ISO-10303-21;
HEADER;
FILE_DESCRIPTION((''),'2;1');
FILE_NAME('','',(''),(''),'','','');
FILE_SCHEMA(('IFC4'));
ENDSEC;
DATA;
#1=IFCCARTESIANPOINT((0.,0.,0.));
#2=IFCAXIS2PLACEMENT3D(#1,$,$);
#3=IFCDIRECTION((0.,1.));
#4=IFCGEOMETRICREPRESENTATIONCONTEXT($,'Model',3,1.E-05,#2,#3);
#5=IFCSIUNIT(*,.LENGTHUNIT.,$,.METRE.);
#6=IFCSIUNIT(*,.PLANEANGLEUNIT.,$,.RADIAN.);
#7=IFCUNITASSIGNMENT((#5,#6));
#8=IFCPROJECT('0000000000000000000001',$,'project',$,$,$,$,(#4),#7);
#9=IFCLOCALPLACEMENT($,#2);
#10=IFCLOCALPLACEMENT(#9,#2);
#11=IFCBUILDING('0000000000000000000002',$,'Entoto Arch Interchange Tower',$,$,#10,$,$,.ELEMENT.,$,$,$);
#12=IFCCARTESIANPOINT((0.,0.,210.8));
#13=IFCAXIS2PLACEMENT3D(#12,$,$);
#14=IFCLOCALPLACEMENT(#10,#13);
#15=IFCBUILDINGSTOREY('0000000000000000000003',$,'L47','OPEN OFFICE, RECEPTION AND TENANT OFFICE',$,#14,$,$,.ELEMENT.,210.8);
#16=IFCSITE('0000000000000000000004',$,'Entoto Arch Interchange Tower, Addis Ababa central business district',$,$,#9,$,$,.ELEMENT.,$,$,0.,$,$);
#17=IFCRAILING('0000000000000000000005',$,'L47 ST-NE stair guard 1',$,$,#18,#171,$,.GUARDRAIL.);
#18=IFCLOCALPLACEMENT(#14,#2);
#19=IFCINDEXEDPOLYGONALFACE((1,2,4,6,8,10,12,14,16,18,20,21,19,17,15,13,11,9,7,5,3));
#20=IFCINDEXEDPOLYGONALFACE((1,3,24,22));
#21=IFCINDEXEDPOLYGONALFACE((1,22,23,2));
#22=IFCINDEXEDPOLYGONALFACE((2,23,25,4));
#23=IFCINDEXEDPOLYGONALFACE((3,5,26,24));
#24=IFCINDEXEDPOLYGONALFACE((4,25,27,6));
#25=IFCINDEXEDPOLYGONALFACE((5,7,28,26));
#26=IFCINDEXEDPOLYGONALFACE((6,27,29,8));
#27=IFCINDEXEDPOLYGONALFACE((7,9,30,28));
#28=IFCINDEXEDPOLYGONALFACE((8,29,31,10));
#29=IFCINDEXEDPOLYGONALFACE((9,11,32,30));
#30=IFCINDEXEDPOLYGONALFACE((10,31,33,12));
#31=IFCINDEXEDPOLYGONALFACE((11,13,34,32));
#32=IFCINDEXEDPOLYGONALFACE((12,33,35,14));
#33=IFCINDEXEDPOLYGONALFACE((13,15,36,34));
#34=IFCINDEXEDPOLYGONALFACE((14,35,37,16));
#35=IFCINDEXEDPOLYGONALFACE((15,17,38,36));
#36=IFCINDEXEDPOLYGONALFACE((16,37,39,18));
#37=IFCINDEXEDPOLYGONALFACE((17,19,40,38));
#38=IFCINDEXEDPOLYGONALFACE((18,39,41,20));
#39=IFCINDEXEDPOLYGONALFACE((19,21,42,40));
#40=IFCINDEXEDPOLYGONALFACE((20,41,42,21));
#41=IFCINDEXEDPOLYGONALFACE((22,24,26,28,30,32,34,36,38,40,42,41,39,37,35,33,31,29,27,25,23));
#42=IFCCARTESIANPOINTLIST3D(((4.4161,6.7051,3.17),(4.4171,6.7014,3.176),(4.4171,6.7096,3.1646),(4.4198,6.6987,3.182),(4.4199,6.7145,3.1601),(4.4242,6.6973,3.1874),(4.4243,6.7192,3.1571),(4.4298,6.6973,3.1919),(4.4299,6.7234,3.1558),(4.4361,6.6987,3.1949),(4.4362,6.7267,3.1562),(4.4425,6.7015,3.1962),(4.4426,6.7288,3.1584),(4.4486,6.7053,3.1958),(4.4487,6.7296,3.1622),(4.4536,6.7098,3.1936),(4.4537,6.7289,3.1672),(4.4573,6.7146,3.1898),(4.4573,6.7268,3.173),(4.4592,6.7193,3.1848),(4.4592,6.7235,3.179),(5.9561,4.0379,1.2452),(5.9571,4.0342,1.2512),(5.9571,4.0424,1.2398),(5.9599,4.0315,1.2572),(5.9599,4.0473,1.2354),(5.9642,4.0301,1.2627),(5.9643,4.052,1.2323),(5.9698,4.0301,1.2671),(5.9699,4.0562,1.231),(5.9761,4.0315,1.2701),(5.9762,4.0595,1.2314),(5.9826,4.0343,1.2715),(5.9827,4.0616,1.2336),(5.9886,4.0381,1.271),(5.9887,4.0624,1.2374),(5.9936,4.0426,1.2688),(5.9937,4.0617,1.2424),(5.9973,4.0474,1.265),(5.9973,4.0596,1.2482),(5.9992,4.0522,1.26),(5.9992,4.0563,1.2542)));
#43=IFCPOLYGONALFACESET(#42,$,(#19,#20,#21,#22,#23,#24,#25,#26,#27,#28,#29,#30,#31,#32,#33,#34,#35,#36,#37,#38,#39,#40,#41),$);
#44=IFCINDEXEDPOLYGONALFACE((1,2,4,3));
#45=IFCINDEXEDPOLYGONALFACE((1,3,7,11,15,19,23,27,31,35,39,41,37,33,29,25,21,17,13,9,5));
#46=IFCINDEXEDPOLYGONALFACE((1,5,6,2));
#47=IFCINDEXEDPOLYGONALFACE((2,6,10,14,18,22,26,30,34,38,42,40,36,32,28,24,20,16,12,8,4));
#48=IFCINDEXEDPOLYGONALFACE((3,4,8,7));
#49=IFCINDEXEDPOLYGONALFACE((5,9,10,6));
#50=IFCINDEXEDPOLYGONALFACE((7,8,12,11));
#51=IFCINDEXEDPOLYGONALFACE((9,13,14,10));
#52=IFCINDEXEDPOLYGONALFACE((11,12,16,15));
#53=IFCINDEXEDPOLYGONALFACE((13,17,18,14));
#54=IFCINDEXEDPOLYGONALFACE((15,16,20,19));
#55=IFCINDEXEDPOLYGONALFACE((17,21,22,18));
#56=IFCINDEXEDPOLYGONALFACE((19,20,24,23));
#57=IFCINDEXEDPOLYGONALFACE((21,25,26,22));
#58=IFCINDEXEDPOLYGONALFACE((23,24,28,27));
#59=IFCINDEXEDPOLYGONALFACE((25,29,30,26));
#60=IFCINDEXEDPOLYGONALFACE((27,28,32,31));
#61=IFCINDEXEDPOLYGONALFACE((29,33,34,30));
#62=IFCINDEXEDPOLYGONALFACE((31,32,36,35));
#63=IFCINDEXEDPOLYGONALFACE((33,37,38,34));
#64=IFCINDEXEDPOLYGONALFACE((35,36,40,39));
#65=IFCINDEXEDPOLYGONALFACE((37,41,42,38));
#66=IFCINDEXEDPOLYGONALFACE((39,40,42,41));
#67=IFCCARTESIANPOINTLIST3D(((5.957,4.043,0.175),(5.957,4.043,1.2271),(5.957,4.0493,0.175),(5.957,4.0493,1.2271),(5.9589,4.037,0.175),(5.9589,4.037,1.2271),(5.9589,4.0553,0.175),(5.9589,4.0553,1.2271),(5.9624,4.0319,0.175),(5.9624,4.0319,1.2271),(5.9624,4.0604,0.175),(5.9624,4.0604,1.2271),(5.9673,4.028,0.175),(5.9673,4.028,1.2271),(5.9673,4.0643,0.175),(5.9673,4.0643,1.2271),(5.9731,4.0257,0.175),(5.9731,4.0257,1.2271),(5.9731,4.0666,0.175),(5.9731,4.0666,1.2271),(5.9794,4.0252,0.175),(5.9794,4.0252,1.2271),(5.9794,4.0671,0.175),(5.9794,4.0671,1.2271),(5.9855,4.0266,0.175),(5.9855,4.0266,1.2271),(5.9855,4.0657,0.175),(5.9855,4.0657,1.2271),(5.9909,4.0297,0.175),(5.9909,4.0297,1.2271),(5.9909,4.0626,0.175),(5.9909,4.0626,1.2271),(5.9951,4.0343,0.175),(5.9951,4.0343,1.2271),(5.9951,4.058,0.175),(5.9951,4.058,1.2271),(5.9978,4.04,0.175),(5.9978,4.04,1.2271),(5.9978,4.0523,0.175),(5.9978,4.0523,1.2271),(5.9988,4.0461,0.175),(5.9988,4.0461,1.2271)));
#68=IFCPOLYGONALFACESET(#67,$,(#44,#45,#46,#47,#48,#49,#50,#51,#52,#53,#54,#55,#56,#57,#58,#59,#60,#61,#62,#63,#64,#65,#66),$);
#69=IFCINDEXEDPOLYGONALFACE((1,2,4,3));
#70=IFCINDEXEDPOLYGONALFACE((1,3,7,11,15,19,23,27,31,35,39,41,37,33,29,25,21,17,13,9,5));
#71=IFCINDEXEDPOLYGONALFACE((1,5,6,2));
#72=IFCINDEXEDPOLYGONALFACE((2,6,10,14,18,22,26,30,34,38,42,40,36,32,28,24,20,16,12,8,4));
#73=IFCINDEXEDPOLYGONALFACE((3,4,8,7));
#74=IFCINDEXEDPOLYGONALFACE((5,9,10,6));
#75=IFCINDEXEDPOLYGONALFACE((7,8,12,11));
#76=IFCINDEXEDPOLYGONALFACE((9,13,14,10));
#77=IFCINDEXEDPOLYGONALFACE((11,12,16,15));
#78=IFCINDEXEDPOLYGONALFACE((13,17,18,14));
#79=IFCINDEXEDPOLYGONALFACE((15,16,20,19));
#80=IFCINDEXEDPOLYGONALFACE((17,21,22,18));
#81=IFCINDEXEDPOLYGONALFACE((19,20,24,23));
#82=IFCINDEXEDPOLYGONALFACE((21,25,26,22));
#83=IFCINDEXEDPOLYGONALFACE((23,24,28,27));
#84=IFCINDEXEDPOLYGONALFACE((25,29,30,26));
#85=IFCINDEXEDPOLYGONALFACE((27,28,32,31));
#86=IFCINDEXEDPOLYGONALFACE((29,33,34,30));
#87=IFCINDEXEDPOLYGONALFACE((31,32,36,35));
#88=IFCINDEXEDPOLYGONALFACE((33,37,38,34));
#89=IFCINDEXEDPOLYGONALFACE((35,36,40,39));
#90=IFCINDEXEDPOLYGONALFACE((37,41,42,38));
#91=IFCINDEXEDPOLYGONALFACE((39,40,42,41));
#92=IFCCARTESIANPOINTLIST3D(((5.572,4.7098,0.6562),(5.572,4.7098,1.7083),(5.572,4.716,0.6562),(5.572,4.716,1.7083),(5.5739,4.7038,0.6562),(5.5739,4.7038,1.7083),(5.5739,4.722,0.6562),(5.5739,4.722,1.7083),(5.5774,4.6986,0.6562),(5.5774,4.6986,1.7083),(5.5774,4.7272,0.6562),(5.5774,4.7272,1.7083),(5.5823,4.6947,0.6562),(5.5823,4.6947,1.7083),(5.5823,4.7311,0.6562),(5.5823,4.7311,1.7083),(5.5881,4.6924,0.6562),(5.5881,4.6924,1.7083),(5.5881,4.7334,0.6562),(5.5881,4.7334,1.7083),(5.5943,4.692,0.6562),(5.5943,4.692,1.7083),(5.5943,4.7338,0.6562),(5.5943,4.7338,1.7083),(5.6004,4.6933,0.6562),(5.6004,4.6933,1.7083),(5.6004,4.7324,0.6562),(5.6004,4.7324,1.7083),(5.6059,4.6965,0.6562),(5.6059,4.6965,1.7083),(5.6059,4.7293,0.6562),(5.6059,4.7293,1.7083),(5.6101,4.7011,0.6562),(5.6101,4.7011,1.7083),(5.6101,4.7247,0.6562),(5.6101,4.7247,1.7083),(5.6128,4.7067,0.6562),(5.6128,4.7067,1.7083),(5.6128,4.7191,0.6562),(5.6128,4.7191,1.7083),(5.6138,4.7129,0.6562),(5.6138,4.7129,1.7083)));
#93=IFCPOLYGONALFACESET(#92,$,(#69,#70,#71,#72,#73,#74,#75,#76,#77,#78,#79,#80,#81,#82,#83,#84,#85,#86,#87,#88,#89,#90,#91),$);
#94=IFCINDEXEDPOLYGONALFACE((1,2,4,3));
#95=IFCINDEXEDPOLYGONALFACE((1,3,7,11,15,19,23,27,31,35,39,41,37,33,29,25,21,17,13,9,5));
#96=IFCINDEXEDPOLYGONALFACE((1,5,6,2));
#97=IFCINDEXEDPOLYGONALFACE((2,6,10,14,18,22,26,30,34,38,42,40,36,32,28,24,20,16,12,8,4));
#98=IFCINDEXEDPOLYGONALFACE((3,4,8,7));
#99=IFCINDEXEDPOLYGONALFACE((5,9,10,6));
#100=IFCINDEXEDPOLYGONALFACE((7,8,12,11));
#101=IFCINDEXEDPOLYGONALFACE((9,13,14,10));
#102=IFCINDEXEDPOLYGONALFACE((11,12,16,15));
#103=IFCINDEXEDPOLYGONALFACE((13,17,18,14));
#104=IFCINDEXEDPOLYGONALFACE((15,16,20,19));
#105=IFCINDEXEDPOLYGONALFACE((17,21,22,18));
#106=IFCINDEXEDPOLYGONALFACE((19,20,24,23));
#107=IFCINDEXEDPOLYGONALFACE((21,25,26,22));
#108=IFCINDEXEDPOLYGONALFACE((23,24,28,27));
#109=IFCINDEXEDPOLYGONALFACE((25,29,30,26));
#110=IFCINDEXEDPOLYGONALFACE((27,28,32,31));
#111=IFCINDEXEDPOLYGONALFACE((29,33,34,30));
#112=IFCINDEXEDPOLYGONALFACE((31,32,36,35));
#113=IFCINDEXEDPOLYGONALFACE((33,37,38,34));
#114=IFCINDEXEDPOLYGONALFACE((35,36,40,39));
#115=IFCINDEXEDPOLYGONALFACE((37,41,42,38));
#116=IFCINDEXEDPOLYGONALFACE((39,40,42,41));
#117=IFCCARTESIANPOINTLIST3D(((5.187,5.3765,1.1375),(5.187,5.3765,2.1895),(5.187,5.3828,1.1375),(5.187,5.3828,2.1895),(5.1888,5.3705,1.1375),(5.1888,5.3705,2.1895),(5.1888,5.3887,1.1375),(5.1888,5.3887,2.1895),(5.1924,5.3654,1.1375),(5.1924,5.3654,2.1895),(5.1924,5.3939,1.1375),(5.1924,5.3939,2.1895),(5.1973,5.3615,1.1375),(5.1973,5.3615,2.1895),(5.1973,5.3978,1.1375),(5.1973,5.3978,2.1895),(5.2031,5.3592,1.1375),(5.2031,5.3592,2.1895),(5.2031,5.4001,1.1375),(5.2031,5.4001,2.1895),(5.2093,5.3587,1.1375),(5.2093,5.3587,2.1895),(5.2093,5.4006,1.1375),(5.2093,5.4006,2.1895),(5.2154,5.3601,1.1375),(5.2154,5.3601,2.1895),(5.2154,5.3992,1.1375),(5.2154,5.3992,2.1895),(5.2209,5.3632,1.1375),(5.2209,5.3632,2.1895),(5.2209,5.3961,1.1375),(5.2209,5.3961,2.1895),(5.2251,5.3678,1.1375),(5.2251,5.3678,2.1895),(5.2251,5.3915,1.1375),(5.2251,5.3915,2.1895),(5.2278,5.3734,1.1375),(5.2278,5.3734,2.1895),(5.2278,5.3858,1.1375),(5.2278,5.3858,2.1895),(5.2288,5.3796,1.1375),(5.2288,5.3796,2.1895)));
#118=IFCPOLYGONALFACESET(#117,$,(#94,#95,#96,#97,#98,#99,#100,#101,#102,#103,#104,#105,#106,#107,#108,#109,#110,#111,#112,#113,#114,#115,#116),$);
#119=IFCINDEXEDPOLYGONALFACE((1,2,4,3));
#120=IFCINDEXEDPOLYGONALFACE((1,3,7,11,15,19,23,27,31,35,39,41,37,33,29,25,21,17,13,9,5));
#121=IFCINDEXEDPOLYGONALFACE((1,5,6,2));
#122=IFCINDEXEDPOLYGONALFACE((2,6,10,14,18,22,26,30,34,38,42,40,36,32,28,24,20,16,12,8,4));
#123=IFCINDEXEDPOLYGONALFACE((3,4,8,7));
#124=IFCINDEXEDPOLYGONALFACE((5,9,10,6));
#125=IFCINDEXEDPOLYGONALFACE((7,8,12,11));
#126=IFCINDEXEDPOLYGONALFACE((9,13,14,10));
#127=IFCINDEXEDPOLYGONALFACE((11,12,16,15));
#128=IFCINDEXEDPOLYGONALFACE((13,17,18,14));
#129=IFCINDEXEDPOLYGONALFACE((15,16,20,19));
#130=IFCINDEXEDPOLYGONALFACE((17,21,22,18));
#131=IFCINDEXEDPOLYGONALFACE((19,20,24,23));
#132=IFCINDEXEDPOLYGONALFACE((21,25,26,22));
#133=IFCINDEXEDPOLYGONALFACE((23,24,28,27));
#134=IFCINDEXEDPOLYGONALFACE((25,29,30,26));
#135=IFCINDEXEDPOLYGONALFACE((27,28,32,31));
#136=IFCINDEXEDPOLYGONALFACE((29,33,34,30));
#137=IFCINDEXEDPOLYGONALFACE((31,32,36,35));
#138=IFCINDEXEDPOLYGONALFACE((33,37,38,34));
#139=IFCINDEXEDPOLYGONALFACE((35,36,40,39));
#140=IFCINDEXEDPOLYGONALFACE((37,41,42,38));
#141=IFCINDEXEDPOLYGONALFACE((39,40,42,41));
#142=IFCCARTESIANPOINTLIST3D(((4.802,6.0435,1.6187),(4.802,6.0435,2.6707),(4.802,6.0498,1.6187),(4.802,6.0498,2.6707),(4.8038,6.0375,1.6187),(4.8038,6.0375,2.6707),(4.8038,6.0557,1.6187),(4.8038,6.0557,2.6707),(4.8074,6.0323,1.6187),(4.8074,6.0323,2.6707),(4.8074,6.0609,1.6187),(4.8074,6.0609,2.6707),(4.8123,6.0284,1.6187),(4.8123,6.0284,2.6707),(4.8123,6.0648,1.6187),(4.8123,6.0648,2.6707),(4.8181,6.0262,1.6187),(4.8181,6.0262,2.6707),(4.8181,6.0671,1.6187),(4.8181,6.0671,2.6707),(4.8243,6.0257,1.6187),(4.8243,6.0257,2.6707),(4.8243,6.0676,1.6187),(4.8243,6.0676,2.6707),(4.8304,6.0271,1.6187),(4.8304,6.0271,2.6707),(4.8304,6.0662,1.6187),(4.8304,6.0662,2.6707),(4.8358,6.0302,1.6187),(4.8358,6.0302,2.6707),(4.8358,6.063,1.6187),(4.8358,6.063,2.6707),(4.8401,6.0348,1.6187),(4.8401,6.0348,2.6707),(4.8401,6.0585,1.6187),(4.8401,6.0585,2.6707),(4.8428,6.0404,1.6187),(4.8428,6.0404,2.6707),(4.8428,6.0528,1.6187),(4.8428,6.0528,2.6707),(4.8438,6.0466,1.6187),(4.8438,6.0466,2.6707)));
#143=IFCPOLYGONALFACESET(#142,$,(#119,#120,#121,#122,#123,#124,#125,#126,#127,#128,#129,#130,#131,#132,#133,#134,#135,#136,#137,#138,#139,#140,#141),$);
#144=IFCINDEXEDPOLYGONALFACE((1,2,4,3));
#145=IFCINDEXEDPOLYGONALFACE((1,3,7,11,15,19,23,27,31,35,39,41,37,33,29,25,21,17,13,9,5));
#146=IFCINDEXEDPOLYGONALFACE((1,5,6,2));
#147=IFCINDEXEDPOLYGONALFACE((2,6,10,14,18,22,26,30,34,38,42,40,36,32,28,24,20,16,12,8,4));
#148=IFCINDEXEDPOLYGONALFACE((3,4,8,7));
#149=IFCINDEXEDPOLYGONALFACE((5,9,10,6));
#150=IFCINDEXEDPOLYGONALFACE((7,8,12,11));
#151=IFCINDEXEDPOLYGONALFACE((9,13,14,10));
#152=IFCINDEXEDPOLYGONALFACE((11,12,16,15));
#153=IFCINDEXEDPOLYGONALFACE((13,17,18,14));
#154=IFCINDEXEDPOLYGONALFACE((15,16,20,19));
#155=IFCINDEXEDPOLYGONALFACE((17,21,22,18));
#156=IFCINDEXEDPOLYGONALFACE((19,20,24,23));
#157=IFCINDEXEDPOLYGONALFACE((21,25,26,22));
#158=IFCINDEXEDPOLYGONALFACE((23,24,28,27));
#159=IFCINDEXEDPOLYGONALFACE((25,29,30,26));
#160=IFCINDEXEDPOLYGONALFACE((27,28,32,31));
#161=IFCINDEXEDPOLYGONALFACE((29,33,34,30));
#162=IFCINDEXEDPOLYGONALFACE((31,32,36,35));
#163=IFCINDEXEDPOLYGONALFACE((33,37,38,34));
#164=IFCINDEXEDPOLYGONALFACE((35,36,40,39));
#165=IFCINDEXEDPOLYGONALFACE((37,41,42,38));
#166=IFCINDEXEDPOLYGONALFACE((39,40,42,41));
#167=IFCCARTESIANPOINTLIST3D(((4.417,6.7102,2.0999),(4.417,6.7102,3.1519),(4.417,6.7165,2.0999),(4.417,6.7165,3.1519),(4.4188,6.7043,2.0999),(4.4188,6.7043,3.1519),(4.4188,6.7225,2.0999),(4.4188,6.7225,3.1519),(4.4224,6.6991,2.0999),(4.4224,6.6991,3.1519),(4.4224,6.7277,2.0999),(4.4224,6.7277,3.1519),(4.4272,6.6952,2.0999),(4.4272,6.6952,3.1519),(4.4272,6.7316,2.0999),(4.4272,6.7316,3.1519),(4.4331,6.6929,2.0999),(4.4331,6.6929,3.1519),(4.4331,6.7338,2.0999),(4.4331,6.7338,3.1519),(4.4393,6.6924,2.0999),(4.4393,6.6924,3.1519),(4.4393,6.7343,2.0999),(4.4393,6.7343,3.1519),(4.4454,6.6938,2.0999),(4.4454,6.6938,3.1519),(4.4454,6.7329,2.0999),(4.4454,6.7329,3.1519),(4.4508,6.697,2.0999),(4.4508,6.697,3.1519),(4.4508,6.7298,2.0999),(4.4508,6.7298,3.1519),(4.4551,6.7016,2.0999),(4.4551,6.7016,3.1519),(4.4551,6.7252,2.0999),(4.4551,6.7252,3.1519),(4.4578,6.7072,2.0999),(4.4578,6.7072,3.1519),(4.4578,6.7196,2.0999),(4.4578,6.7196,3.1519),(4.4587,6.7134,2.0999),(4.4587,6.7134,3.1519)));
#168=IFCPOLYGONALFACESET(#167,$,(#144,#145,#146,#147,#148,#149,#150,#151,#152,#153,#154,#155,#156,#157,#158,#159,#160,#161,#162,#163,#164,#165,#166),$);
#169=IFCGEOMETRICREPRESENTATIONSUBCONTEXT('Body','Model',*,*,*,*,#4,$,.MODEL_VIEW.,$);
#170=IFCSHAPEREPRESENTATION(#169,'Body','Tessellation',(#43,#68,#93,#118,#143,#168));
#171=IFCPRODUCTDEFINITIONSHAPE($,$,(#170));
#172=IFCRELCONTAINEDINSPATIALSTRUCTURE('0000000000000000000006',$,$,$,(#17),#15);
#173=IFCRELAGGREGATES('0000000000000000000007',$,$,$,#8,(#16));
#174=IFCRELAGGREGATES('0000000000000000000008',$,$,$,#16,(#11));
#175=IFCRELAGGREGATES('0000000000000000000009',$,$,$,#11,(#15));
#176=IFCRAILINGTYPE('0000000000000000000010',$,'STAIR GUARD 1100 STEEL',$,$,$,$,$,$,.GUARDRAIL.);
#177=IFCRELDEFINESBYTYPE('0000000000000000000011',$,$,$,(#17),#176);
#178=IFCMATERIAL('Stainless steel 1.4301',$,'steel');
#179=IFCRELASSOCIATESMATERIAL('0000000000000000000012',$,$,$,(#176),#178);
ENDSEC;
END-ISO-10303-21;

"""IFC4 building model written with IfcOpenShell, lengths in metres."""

from ifc_helpers import new_model, si_unit, direction, frame, origin, origin_2d, place, context, subcontext, project, spatial, circle, extrude, material, type_object, element, save


model = new_model("IFC4")

# Units and contexts
model_context = context("Model", 3, precision=1e-05, world=origin(), true_north=direction((0.0, 1.0)))
body_context = subcontext(model_context, "Body", "Model", "MODEL_VIEW")
ifc_project = project(units=[si_unit("LENGTHUNIT", "METRE"), si_unit("PLANEANGLEUNIT", "RADIAN")], contexts=[model_context])

# Site, building, storey
site_placement = place(None, origin())
site = spatial("IfcSite", under=ifc_project, at=site_placement, Name="Entoto Arch Interchange Tower, Addis Ababa central business district", CompositionType="ELEMENT", RefElevation=0.0)
building_placement = place(site_placement, origin())
building = spatial("IfcBuilding", under=site, at=building_placement, Name="Entoto Arch Interchange Tower", CompositionType="ELEMENT")
storey_placement = place(building_placement, frame((0.0, 0.0, 210.8)))
storey = spatial("IfcBuildingStorey", under=building, at=storey_placement, Name="L47", Description="OPEN OFFICE, RECEPTION AND TENANT OFFICE", CompositionType="ELEMENT", Elevation=210.8)

# Railing
ifc_material_1 = material(Name="Stainless steel 1.4301", Category="steel")
railing_type_1 = type_object("IfcRailingType", Name="STAIR GUARD 1100 STEEL", PredefinedType="GUARDRAIL", material=ifc_material_1)
railing_1_placement = place(storey_placement, frame((5.9778, 4.0461, 0.175)))
element("IfcRailing", 1, at=railing_1_placement, inside=storey, type_object=railing_type_1, Name="L47 ST-NE stair guard 1", PredefinedType="GUARDRAIL", context=body_context, shape_type="SweptSolid", body=[
    extrude(circle(Radius=0.0239, at=origin_2d()), frame((0.0, 0.0, 1.0762), z_axis=(-0.424031, 0.73439, 0.529971), x_axis=(-0.86601, -0.500027, 0.0)), (0.0, 0.0, 1.0), 3.6318),
    extrude(circle(Radius=0.021, at=origin_2d()), origin(), (0.0, 0.0, 1.0), 1.052),
    extrude(circle(Radius=0.021, at=origin_2d()), frame((-0.385, 0.6667, 0.4812)), (0.0, 0.0, 1.0), 1.052),
    extrude(circle(Radius=0.021, at=origin_2d()), frame((-0.77, 1.3335, 0.9624)), (0.0, 0.0, 1.0), 1.052),
    extrude(circle(Radius=0.021, at=origin_2d()), frame((-1.155, 2.0005, 1.4436)), (0.0, 0.0, 1.0), 1.052),
    extrude(circle(Radius=0.021, at=origin_2d()), frame((-1.54, 2.6672, 1.9248)), (0.0, 0.0, 1.0), 1.052),
])

save(model, "model.ifc")
